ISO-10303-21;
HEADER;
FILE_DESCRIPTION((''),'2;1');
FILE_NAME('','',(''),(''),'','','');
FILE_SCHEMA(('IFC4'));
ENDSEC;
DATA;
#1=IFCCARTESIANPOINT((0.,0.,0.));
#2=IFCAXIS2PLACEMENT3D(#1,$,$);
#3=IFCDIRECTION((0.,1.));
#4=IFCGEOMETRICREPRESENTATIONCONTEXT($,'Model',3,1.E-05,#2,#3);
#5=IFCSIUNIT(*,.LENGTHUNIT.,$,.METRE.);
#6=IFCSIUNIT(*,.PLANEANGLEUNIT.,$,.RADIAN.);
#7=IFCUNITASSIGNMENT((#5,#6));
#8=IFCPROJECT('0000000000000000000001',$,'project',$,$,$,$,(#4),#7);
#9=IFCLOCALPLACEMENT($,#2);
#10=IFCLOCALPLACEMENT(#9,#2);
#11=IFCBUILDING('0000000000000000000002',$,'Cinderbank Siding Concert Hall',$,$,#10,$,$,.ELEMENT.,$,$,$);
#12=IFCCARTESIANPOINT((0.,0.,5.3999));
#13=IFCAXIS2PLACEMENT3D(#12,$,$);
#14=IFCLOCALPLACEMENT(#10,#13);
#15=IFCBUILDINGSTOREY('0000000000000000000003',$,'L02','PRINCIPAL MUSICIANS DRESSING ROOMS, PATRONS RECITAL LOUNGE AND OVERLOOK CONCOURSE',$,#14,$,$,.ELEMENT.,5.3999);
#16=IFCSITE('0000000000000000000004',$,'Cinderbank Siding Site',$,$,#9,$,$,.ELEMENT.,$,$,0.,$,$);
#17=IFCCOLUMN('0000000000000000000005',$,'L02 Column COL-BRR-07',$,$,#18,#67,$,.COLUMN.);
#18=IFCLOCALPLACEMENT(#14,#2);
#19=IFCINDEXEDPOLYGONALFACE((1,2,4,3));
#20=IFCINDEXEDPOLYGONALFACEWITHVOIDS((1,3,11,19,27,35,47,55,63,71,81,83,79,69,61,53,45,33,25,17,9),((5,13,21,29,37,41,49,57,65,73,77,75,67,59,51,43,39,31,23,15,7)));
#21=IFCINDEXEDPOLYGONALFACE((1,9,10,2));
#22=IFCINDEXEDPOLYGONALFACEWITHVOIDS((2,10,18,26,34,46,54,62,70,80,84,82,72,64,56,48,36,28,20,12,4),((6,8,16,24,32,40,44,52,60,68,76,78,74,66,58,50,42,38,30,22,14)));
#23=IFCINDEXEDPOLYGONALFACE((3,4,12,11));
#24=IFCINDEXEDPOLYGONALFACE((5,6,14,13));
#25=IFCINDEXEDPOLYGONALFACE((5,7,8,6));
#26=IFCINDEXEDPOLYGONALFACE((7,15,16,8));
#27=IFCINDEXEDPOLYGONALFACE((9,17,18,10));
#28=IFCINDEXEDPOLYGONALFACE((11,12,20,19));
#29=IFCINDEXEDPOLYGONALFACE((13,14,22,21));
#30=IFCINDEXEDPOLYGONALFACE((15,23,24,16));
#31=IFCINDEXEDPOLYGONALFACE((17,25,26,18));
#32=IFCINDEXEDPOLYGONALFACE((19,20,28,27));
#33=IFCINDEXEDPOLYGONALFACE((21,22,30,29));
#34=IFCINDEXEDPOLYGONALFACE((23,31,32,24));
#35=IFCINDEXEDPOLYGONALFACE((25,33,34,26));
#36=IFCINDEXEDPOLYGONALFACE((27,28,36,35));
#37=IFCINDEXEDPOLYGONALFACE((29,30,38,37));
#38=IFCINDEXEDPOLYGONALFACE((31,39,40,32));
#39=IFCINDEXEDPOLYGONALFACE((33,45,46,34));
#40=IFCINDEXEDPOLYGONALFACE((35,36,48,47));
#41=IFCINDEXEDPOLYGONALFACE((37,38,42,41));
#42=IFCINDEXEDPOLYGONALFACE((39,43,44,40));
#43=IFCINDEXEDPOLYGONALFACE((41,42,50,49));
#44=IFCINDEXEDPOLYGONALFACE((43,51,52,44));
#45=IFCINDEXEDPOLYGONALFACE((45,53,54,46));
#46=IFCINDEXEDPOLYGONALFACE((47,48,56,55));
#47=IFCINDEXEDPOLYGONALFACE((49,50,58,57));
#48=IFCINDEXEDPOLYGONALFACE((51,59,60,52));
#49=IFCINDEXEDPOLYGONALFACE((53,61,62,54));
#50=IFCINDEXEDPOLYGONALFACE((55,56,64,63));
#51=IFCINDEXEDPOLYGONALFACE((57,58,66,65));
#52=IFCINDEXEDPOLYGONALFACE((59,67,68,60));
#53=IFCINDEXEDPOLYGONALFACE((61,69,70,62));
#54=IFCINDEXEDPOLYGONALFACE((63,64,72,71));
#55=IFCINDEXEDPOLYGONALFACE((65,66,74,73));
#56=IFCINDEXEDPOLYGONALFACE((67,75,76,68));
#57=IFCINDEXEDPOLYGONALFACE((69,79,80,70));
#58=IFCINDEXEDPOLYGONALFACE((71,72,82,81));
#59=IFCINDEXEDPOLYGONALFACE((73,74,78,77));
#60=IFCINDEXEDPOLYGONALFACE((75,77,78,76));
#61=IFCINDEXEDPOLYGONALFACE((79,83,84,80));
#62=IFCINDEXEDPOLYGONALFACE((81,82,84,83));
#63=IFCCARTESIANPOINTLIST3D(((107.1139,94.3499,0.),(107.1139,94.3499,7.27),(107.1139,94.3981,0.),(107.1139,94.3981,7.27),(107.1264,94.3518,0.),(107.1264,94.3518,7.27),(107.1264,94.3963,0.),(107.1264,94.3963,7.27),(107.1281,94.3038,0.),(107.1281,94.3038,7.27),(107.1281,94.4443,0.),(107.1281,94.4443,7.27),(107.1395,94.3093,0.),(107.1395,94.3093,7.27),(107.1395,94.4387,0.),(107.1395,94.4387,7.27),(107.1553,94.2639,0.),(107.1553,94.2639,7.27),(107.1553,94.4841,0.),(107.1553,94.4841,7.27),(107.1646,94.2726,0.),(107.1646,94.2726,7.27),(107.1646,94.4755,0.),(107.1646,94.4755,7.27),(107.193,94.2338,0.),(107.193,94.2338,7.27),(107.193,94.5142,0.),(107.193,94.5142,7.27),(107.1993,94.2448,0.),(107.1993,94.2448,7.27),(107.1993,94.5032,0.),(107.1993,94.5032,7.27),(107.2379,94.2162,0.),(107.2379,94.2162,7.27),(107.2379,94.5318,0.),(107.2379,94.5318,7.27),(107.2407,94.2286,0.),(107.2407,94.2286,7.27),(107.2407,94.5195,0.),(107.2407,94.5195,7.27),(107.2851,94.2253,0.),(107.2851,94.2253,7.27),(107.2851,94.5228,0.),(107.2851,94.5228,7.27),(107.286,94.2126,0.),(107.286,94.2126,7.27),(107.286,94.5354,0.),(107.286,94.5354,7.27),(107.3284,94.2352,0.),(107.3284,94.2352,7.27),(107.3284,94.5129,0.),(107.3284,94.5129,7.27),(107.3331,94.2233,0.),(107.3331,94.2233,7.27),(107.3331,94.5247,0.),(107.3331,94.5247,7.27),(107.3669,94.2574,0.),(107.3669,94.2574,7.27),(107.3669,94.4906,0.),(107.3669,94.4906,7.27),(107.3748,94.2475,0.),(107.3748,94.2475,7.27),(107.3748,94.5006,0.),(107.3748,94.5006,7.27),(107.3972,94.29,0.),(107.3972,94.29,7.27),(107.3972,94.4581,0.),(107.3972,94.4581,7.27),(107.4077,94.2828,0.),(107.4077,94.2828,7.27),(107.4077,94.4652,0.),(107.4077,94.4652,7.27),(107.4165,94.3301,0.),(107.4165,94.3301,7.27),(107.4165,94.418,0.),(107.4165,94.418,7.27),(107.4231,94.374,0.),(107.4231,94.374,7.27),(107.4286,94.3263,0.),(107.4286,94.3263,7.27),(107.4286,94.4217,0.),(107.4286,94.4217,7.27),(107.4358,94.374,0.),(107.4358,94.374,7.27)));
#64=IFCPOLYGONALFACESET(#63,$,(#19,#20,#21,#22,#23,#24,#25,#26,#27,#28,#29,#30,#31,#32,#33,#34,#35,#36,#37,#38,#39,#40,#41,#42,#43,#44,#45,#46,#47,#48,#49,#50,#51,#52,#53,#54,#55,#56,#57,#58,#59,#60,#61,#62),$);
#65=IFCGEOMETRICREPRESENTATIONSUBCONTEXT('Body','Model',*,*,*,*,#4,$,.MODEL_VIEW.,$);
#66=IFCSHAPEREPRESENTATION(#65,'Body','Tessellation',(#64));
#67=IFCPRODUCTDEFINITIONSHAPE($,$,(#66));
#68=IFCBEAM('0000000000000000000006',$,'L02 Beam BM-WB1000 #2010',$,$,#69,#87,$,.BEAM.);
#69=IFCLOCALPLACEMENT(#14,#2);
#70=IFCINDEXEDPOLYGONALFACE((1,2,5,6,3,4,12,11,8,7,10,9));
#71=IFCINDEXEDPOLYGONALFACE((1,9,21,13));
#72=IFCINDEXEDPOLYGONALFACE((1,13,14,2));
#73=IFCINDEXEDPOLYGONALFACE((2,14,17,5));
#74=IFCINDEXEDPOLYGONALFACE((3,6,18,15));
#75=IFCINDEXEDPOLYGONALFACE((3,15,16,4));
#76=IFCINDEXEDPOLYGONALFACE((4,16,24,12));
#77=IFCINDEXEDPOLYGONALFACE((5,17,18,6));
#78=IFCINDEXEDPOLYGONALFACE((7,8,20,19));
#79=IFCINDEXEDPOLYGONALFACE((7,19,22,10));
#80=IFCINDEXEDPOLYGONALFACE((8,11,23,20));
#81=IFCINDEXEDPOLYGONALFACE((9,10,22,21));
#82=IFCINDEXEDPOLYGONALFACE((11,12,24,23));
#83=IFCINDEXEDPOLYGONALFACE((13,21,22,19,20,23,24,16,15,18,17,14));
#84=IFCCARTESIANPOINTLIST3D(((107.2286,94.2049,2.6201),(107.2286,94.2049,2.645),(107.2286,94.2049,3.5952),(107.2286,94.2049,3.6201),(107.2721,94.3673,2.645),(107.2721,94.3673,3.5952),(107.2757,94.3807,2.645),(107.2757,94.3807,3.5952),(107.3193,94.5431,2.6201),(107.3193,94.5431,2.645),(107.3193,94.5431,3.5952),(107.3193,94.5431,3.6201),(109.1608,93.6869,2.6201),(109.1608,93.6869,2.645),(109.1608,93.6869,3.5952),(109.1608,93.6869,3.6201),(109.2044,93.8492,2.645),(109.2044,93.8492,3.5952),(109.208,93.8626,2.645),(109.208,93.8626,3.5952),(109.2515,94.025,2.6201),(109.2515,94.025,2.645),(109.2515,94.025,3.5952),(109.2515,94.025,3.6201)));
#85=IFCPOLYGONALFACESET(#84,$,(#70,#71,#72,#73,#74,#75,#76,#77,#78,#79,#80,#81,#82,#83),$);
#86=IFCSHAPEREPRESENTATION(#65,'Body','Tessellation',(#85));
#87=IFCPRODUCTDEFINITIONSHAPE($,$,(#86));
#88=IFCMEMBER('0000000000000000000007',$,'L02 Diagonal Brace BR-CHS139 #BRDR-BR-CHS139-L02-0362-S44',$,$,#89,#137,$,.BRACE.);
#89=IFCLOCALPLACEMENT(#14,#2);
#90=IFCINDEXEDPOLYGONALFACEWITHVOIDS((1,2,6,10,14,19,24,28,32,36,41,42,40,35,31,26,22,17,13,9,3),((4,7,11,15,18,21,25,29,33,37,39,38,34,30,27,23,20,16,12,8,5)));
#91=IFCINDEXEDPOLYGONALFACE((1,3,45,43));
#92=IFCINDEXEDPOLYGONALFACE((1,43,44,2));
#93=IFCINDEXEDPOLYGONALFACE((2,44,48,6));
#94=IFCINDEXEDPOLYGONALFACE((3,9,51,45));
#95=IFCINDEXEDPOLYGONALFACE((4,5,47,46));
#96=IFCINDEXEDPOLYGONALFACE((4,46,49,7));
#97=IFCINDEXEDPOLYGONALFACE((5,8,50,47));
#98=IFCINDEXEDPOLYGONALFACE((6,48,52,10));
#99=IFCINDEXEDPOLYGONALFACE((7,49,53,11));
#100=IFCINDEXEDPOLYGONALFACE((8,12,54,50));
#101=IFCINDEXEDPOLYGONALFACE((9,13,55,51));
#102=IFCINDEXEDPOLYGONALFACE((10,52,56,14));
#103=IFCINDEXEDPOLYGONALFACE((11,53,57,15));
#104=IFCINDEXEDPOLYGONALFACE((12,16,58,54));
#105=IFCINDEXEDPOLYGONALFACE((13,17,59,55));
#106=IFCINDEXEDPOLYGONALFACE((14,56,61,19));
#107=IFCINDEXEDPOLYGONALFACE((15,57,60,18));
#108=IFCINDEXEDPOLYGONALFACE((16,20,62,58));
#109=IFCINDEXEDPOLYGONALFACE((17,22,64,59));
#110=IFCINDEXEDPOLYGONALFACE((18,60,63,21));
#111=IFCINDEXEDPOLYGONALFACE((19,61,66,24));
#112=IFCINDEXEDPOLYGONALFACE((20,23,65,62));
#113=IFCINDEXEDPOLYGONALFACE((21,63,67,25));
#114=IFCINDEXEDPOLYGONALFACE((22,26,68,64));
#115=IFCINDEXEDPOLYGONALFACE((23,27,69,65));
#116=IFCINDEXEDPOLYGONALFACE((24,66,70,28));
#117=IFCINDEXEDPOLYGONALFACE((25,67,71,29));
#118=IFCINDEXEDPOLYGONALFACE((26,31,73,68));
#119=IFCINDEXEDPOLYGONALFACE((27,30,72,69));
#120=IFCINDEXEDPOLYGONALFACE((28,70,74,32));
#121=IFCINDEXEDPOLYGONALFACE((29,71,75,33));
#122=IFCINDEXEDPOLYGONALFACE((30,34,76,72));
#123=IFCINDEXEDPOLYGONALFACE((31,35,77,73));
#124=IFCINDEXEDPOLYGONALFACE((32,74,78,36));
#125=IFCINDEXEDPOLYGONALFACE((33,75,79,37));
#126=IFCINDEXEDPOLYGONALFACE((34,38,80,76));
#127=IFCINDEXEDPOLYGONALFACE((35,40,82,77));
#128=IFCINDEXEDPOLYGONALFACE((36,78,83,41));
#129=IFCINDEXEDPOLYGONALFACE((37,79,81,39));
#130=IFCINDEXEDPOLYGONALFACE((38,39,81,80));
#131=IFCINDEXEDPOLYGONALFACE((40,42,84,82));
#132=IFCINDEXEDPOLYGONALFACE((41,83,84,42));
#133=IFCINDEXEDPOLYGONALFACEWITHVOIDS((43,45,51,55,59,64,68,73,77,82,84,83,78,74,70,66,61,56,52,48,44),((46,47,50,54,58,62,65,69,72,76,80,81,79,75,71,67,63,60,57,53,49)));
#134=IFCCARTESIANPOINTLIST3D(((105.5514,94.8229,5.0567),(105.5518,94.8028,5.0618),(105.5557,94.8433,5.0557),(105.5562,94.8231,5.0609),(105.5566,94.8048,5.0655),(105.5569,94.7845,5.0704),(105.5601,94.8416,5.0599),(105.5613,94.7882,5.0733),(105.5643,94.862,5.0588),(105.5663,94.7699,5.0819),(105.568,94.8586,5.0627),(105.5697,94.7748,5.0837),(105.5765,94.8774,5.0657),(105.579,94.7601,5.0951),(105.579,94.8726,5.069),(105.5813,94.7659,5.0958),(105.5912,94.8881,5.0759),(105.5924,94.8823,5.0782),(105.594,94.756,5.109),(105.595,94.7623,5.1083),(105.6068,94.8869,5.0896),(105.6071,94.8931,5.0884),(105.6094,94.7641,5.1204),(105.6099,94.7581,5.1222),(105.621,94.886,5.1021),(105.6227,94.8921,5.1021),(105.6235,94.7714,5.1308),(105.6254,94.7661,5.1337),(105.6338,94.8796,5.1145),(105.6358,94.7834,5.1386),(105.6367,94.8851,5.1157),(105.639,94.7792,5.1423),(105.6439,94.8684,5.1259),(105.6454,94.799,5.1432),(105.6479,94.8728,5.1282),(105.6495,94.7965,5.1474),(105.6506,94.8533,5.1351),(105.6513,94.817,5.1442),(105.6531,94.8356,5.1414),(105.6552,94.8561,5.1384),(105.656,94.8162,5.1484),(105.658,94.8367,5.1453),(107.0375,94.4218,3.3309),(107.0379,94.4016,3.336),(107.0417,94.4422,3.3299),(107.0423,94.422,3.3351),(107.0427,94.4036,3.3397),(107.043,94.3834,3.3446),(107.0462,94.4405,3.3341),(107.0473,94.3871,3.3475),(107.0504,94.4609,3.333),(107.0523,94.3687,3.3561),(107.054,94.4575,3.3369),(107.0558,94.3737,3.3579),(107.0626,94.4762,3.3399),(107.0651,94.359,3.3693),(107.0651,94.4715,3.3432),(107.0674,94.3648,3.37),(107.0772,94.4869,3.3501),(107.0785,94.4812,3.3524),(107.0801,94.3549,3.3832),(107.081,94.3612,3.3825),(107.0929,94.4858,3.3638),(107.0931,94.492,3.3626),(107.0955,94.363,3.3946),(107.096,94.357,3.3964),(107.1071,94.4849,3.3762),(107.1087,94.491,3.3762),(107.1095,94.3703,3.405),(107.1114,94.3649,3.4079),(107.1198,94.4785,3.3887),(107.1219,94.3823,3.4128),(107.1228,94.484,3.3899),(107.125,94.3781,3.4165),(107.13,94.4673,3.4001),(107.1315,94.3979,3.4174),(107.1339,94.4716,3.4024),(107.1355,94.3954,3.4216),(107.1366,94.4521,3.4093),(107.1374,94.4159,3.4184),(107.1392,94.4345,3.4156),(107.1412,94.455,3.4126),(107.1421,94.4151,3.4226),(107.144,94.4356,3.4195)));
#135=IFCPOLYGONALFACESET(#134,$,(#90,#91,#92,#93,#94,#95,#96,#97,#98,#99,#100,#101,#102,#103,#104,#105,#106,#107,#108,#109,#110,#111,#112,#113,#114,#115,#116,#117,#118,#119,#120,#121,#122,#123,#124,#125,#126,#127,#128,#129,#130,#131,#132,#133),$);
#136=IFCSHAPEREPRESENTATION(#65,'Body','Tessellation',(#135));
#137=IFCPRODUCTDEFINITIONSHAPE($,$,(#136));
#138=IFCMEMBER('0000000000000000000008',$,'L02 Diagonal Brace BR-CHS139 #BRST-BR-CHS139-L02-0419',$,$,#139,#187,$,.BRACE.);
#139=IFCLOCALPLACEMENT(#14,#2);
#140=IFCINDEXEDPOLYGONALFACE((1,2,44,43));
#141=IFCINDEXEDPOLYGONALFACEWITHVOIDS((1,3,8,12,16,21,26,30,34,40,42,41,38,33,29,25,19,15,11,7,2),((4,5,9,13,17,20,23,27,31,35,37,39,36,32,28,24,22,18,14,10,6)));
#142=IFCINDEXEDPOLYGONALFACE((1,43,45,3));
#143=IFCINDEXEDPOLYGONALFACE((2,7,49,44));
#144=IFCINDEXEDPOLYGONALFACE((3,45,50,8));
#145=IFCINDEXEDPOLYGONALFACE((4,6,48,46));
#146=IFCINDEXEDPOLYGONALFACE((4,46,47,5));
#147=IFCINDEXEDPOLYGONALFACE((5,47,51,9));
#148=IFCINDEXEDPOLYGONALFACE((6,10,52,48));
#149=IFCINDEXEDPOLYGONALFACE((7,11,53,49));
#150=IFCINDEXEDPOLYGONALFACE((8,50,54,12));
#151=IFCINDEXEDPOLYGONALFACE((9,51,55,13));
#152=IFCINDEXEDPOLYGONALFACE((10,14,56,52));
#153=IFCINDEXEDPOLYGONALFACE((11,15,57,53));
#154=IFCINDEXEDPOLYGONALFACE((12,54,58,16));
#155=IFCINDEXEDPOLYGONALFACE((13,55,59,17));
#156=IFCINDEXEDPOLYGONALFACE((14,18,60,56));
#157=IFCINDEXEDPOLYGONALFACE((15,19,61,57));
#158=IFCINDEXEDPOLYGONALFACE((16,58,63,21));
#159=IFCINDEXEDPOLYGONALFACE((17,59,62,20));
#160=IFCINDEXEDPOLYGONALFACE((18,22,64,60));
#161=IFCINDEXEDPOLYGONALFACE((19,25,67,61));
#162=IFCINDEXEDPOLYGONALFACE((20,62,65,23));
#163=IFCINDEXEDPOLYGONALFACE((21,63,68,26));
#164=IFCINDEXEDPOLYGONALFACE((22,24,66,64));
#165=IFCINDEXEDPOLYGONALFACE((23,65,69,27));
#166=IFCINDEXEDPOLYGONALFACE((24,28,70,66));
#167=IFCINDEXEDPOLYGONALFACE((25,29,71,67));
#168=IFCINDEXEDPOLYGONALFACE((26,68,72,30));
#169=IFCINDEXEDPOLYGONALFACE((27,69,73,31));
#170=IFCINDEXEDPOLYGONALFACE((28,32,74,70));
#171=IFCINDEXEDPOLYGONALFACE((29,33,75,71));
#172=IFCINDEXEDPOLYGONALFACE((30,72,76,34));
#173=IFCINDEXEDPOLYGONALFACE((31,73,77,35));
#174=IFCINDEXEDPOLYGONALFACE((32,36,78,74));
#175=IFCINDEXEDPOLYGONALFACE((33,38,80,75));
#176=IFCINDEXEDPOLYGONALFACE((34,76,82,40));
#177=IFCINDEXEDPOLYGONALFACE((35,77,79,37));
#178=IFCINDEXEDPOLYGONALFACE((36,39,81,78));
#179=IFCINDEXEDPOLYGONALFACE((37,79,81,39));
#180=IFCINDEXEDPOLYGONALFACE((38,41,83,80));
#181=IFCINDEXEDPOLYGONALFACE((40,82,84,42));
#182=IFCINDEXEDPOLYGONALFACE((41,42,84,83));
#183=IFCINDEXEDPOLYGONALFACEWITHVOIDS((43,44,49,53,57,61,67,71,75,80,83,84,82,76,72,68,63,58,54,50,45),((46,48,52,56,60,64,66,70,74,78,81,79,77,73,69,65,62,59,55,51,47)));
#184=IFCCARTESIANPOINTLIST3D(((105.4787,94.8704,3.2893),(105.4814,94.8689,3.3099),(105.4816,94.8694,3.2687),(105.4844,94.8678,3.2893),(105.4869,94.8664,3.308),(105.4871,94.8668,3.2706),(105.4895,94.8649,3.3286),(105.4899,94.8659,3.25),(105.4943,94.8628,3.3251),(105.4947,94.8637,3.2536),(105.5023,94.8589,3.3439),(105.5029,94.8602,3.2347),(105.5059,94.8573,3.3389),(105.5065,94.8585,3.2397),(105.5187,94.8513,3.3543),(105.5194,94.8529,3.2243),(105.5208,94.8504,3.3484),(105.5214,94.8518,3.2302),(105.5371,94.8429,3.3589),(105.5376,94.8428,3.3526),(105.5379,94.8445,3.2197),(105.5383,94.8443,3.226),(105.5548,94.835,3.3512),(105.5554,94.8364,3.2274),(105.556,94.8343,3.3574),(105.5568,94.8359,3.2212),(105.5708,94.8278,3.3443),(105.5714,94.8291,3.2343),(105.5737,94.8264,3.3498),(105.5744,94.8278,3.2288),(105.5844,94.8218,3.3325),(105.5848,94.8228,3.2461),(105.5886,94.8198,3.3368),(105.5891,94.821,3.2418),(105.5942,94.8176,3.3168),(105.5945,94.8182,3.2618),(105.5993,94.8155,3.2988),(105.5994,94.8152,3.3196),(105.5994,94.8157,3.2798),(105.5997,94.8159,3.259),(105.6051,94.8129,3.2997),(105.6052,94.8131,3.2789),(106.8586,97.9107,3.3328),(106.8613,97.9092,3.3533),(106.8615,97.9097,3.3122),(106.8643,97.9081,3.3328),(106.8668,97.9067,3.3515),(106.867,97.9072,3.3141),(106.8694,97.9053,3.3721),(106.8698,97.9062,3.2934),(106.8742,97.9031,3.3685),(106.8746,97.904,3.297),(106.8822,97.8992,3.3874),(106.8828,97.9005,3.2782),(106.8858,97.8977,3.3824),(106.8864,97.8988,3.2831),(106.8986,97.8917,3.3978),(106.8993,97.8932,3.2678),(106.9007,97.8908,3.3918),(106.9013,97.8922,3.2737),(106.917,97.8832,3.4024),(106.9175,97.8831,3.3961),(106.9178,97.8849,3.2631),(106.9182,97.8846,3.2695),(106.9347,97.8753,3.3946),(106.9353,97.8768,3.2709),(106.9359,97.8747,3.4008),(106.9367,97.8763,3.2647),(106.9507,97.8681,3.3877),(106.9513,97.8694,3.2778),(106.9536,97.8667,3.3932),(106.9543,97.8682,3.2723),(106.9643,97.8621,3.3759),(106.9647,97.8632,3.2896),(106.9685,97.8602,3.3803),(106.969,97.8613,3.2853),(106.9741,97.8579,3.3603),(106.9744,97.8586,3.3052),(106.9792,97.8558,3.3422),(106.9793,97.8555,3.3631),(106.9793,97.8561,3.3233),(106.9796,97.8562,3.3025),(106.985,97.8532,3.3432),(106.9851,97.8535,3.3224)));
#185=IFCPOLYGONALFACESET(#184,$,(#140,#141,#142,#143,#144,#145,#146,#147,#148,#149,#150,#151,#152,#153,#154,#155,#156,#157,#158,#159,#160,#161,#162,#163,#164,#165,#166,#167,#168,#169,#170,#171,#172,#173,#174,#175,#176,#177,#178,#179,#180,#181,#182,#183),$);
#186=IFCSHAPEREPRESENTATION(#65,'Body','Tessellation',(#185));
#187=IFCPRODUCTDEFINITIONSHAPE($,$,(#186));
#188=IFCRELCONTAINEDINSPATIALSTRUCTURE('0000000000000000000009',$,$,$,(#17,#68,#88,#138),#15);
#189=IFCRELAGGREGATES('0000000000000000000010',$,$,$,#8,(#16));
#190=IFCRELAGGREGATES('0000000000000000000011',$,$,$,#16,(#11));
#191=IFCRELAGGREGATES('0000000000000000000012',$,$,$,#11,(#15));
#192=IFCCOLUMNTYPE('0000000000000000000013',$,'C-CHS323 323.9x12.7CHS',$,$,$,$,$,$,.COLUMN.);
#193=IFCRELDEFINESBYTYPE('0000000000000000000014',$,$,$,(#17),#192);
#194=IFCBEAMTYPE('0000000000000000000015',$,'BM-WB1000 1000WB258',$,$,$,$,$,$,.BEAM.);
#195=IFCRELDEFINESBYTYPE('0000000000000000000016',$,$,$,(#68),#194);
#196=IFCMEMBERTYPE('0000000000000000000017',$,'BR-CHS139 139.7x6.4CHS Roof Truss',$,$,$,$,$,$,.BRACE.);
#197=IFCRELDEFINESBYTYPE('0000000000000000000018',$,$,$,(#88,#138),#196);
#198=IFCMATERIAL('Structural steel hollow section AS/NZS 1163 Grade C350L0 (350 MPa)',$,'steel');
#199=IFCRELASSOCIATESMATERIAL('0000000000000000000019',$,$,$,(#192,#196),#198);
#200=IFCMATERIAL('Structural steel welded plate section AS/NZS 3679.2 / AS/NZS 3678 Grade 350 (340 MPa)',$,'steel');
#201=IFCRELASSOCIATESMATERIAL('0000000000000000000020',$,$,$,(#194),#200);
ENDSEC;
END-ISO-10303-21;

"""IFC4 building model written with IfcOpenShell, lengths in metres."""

from ifc_helpers import new_model, si_unit, direction, frame, origin, origin_2d, place, context, subcontext, project, spatial, hollow_circle, i_section, extrude, material, material_profile, profile_set, type_object, element, save


model = new_model("IFC4")

# Units and contexts
model_context = context("Model", 3, precision=1e-05, world=origin(), true_north=direction((0.0, 1.0)))
body_context = subcontext(model_context, "Body", "Model", "MODEL_VIEW")
ifc_project = project(units=[si_unit("LENGTHUNIT", "METRE"), si_unit("PLANEANGLEUNIT", "RADIAN")], contexts=[model_context])

# Site, building, storey
site_placement = place(None, origin())
site = spatial("IfcSite", under=ifc_project, at=site_placement, Name="Cinderbank Siding Site", CompositionType="ELEMENT", RefElevation=0.0)
building_placement = place(site_placement, origin())
building = spatial("IfcBuilding", under=site, at=building_placement, Name="Cinderbank Siding Concert Hall", CompositionType="ELEMENT")
storey_placement = place(building_placement, frame((0.0, 0.0, 5.3999)))
storey = spatial("IfcBuildingStorey", under=building, at=storey_placement, Name="L02", Description="PRINCIPAL MUSICIANS DRESSING ROOMS, PATRONS RECITAL LOUNGE AND OVERLOOK CONCOURSE", CompositionType="ELEMENT", Elevation=5.3999)

# Column
ifc_material_1 = material(Name="Structural steel hollow section AS/NZS 1163 Grade C350L0 (350 MPa)", Category="steel")
ifc_material_profile_1 = material_profile(ifc_material_1, hollow_circle(Radius=0.1619, WallThickness=0.0127, at=origin_2d()), Name="323.9x12.7CHS", Category="LoadBearing")
ifc_profile_set_1 = profile_set([ifc_material_profile_1], Name="Structural steel hollow section AS/NZS 1163 Grade C350L0 (350 MPa)")
column_type = type_object("IfcColumnType", Name="C-CHS323 323.9x12.7CHS", PredefinedType="COLUMN", material=ifc_profile_set_1)
column_placement = place(storey_placement, frame((107.2739, 94.374, 0.0), z_axis=(0.0, 0.0, 1.0), x_axis=(1.0, 0.0, 0.0)))
element("IfcColumn", 1, at=column_placement, inside=storey, type_object=column_type, Name="L02 Column COL-BRR-07", PredefinedType="COLUMN", context=body_context, shape_type="SweptSolid", body=[
    extrude(hollow_circle(Radius=0.1619, WallThickness=0.0127, at=origin_2d()), origin(), (0.0, 0.0, 1.0), 7.27),
])

# Beam
ifc_material_2 = material(Name="Structural steel welded plate section AS/NZS 3679.2 / AS/NZS 3678 Grade 350 (340 MPa)", Category="steel")
ifc_material_profile_2 = material_profile(ifc_material_2, i_section(OverallWidth=0.3501, OverallDepth=1.0, WebThickness=0.0139, FlangeThickness=0.0249, at=origin_2d()), Name="1000WB258", Category="LoadBearing")
ifc_profile_set_2 = profile_set([ifc_material_profile_2], Name="Structural steel welded plate section AS/NZS 3679.2 / AS/NZS 3678 Grade 350 (340 MPa)")
beam_type_1 = type_object("IfcBeamType", Name="BM-WB1000 1000WB258", PredefinedType="BEAM", material=ifc_profile_set_2)
beam_1_placement = place(storey_placement, frame((107.2739, 94.374, 3.1201), z_axis=(0.965882, -0.258984, 0.0), x_axis=(0.258984, 0.965882, 0.0)))
element("IfcBeam", 2, at=beam_1_placement, inside=storey, type_object=beam_type_1, Name="L02 Beam BM-WB1000 #2010", PredefinedType="BEAM", context=body_context, shape_type="SweptSolid", body=[
    extrude(i_section(OverallWidth=0.3501, OverallDepth=1.0, WebThickness=0.0139, FlangeThickness=0.0249, at=origin_2d()), origin(), (0.0, 0.0, 1.0), 2.0005),
])

# Members
ifc_material_profile_3 = material_profile(ifc_material_1, hollow_circle(Radius=0.0698, WallThickness=0.0063, at=origin_2d()), Name="139.7x6.4CHS", Category="LoadBearing")
ifc_profile_set_3 = profile_set([ifc_material_profile_3], Name="Structural steel hollow section AS/NZS 1163 Grade C350L0 (350 MPa)")
member_type_1 = type_object("IfcMemberType", Name="BR-CHS139 139.7x6.4CHS Roof Truss", PredefinedType="BRACE", material=ifc_profile_set_3)
member_1_placement = place(storey_placement, frame((105.6045, 94.8247, 5.1021), z_axis=(0.64262, -0.173456, -0.746292), x_axis=(0.260593, 0.965449, 0.0)))
element("IfcMember", 3, at=member_1_placement, inside=storey, type_object=member_type_1, Name="L02 Diagonal Brace BR-CHS139 #BRDR-BR-CHS139-L02-0362-S44", PredefinedType="BRACE", context=body_context, shape_type="SweptSolid", body=[
    extrude(hollow_circle(Radius=0.0698, WallThickness=0.0063, at=origin_2d()), origin(), (0.0, 0.0, 1.0), 2.3125),
])
member_2_placement = place(storey_placement, frame((105.5422, 94.8416, 3.2893), z_axis=(0.413256, 0.910522, 0.013015), x_axis=(-0.910599, 0.413291, 0.0)))
element("IfcMember", 4, at=member_2_placement, inside=storey, type_object=member_type_1, Name="L02 Diagonal Brace BR-CHS139 #BRST-BR-CHS139-L02-0419", PredefinedType="BRACE", context=body_context, shape_type="SweptSolid", body=[
    extrude(hollow_circle(Radius=0.0698, WallThickness=0.0063, at=origin_2d()), origin(), (0.0, 0.0, 1.0), 3.3391),
])

save(model, "model.ifc")
